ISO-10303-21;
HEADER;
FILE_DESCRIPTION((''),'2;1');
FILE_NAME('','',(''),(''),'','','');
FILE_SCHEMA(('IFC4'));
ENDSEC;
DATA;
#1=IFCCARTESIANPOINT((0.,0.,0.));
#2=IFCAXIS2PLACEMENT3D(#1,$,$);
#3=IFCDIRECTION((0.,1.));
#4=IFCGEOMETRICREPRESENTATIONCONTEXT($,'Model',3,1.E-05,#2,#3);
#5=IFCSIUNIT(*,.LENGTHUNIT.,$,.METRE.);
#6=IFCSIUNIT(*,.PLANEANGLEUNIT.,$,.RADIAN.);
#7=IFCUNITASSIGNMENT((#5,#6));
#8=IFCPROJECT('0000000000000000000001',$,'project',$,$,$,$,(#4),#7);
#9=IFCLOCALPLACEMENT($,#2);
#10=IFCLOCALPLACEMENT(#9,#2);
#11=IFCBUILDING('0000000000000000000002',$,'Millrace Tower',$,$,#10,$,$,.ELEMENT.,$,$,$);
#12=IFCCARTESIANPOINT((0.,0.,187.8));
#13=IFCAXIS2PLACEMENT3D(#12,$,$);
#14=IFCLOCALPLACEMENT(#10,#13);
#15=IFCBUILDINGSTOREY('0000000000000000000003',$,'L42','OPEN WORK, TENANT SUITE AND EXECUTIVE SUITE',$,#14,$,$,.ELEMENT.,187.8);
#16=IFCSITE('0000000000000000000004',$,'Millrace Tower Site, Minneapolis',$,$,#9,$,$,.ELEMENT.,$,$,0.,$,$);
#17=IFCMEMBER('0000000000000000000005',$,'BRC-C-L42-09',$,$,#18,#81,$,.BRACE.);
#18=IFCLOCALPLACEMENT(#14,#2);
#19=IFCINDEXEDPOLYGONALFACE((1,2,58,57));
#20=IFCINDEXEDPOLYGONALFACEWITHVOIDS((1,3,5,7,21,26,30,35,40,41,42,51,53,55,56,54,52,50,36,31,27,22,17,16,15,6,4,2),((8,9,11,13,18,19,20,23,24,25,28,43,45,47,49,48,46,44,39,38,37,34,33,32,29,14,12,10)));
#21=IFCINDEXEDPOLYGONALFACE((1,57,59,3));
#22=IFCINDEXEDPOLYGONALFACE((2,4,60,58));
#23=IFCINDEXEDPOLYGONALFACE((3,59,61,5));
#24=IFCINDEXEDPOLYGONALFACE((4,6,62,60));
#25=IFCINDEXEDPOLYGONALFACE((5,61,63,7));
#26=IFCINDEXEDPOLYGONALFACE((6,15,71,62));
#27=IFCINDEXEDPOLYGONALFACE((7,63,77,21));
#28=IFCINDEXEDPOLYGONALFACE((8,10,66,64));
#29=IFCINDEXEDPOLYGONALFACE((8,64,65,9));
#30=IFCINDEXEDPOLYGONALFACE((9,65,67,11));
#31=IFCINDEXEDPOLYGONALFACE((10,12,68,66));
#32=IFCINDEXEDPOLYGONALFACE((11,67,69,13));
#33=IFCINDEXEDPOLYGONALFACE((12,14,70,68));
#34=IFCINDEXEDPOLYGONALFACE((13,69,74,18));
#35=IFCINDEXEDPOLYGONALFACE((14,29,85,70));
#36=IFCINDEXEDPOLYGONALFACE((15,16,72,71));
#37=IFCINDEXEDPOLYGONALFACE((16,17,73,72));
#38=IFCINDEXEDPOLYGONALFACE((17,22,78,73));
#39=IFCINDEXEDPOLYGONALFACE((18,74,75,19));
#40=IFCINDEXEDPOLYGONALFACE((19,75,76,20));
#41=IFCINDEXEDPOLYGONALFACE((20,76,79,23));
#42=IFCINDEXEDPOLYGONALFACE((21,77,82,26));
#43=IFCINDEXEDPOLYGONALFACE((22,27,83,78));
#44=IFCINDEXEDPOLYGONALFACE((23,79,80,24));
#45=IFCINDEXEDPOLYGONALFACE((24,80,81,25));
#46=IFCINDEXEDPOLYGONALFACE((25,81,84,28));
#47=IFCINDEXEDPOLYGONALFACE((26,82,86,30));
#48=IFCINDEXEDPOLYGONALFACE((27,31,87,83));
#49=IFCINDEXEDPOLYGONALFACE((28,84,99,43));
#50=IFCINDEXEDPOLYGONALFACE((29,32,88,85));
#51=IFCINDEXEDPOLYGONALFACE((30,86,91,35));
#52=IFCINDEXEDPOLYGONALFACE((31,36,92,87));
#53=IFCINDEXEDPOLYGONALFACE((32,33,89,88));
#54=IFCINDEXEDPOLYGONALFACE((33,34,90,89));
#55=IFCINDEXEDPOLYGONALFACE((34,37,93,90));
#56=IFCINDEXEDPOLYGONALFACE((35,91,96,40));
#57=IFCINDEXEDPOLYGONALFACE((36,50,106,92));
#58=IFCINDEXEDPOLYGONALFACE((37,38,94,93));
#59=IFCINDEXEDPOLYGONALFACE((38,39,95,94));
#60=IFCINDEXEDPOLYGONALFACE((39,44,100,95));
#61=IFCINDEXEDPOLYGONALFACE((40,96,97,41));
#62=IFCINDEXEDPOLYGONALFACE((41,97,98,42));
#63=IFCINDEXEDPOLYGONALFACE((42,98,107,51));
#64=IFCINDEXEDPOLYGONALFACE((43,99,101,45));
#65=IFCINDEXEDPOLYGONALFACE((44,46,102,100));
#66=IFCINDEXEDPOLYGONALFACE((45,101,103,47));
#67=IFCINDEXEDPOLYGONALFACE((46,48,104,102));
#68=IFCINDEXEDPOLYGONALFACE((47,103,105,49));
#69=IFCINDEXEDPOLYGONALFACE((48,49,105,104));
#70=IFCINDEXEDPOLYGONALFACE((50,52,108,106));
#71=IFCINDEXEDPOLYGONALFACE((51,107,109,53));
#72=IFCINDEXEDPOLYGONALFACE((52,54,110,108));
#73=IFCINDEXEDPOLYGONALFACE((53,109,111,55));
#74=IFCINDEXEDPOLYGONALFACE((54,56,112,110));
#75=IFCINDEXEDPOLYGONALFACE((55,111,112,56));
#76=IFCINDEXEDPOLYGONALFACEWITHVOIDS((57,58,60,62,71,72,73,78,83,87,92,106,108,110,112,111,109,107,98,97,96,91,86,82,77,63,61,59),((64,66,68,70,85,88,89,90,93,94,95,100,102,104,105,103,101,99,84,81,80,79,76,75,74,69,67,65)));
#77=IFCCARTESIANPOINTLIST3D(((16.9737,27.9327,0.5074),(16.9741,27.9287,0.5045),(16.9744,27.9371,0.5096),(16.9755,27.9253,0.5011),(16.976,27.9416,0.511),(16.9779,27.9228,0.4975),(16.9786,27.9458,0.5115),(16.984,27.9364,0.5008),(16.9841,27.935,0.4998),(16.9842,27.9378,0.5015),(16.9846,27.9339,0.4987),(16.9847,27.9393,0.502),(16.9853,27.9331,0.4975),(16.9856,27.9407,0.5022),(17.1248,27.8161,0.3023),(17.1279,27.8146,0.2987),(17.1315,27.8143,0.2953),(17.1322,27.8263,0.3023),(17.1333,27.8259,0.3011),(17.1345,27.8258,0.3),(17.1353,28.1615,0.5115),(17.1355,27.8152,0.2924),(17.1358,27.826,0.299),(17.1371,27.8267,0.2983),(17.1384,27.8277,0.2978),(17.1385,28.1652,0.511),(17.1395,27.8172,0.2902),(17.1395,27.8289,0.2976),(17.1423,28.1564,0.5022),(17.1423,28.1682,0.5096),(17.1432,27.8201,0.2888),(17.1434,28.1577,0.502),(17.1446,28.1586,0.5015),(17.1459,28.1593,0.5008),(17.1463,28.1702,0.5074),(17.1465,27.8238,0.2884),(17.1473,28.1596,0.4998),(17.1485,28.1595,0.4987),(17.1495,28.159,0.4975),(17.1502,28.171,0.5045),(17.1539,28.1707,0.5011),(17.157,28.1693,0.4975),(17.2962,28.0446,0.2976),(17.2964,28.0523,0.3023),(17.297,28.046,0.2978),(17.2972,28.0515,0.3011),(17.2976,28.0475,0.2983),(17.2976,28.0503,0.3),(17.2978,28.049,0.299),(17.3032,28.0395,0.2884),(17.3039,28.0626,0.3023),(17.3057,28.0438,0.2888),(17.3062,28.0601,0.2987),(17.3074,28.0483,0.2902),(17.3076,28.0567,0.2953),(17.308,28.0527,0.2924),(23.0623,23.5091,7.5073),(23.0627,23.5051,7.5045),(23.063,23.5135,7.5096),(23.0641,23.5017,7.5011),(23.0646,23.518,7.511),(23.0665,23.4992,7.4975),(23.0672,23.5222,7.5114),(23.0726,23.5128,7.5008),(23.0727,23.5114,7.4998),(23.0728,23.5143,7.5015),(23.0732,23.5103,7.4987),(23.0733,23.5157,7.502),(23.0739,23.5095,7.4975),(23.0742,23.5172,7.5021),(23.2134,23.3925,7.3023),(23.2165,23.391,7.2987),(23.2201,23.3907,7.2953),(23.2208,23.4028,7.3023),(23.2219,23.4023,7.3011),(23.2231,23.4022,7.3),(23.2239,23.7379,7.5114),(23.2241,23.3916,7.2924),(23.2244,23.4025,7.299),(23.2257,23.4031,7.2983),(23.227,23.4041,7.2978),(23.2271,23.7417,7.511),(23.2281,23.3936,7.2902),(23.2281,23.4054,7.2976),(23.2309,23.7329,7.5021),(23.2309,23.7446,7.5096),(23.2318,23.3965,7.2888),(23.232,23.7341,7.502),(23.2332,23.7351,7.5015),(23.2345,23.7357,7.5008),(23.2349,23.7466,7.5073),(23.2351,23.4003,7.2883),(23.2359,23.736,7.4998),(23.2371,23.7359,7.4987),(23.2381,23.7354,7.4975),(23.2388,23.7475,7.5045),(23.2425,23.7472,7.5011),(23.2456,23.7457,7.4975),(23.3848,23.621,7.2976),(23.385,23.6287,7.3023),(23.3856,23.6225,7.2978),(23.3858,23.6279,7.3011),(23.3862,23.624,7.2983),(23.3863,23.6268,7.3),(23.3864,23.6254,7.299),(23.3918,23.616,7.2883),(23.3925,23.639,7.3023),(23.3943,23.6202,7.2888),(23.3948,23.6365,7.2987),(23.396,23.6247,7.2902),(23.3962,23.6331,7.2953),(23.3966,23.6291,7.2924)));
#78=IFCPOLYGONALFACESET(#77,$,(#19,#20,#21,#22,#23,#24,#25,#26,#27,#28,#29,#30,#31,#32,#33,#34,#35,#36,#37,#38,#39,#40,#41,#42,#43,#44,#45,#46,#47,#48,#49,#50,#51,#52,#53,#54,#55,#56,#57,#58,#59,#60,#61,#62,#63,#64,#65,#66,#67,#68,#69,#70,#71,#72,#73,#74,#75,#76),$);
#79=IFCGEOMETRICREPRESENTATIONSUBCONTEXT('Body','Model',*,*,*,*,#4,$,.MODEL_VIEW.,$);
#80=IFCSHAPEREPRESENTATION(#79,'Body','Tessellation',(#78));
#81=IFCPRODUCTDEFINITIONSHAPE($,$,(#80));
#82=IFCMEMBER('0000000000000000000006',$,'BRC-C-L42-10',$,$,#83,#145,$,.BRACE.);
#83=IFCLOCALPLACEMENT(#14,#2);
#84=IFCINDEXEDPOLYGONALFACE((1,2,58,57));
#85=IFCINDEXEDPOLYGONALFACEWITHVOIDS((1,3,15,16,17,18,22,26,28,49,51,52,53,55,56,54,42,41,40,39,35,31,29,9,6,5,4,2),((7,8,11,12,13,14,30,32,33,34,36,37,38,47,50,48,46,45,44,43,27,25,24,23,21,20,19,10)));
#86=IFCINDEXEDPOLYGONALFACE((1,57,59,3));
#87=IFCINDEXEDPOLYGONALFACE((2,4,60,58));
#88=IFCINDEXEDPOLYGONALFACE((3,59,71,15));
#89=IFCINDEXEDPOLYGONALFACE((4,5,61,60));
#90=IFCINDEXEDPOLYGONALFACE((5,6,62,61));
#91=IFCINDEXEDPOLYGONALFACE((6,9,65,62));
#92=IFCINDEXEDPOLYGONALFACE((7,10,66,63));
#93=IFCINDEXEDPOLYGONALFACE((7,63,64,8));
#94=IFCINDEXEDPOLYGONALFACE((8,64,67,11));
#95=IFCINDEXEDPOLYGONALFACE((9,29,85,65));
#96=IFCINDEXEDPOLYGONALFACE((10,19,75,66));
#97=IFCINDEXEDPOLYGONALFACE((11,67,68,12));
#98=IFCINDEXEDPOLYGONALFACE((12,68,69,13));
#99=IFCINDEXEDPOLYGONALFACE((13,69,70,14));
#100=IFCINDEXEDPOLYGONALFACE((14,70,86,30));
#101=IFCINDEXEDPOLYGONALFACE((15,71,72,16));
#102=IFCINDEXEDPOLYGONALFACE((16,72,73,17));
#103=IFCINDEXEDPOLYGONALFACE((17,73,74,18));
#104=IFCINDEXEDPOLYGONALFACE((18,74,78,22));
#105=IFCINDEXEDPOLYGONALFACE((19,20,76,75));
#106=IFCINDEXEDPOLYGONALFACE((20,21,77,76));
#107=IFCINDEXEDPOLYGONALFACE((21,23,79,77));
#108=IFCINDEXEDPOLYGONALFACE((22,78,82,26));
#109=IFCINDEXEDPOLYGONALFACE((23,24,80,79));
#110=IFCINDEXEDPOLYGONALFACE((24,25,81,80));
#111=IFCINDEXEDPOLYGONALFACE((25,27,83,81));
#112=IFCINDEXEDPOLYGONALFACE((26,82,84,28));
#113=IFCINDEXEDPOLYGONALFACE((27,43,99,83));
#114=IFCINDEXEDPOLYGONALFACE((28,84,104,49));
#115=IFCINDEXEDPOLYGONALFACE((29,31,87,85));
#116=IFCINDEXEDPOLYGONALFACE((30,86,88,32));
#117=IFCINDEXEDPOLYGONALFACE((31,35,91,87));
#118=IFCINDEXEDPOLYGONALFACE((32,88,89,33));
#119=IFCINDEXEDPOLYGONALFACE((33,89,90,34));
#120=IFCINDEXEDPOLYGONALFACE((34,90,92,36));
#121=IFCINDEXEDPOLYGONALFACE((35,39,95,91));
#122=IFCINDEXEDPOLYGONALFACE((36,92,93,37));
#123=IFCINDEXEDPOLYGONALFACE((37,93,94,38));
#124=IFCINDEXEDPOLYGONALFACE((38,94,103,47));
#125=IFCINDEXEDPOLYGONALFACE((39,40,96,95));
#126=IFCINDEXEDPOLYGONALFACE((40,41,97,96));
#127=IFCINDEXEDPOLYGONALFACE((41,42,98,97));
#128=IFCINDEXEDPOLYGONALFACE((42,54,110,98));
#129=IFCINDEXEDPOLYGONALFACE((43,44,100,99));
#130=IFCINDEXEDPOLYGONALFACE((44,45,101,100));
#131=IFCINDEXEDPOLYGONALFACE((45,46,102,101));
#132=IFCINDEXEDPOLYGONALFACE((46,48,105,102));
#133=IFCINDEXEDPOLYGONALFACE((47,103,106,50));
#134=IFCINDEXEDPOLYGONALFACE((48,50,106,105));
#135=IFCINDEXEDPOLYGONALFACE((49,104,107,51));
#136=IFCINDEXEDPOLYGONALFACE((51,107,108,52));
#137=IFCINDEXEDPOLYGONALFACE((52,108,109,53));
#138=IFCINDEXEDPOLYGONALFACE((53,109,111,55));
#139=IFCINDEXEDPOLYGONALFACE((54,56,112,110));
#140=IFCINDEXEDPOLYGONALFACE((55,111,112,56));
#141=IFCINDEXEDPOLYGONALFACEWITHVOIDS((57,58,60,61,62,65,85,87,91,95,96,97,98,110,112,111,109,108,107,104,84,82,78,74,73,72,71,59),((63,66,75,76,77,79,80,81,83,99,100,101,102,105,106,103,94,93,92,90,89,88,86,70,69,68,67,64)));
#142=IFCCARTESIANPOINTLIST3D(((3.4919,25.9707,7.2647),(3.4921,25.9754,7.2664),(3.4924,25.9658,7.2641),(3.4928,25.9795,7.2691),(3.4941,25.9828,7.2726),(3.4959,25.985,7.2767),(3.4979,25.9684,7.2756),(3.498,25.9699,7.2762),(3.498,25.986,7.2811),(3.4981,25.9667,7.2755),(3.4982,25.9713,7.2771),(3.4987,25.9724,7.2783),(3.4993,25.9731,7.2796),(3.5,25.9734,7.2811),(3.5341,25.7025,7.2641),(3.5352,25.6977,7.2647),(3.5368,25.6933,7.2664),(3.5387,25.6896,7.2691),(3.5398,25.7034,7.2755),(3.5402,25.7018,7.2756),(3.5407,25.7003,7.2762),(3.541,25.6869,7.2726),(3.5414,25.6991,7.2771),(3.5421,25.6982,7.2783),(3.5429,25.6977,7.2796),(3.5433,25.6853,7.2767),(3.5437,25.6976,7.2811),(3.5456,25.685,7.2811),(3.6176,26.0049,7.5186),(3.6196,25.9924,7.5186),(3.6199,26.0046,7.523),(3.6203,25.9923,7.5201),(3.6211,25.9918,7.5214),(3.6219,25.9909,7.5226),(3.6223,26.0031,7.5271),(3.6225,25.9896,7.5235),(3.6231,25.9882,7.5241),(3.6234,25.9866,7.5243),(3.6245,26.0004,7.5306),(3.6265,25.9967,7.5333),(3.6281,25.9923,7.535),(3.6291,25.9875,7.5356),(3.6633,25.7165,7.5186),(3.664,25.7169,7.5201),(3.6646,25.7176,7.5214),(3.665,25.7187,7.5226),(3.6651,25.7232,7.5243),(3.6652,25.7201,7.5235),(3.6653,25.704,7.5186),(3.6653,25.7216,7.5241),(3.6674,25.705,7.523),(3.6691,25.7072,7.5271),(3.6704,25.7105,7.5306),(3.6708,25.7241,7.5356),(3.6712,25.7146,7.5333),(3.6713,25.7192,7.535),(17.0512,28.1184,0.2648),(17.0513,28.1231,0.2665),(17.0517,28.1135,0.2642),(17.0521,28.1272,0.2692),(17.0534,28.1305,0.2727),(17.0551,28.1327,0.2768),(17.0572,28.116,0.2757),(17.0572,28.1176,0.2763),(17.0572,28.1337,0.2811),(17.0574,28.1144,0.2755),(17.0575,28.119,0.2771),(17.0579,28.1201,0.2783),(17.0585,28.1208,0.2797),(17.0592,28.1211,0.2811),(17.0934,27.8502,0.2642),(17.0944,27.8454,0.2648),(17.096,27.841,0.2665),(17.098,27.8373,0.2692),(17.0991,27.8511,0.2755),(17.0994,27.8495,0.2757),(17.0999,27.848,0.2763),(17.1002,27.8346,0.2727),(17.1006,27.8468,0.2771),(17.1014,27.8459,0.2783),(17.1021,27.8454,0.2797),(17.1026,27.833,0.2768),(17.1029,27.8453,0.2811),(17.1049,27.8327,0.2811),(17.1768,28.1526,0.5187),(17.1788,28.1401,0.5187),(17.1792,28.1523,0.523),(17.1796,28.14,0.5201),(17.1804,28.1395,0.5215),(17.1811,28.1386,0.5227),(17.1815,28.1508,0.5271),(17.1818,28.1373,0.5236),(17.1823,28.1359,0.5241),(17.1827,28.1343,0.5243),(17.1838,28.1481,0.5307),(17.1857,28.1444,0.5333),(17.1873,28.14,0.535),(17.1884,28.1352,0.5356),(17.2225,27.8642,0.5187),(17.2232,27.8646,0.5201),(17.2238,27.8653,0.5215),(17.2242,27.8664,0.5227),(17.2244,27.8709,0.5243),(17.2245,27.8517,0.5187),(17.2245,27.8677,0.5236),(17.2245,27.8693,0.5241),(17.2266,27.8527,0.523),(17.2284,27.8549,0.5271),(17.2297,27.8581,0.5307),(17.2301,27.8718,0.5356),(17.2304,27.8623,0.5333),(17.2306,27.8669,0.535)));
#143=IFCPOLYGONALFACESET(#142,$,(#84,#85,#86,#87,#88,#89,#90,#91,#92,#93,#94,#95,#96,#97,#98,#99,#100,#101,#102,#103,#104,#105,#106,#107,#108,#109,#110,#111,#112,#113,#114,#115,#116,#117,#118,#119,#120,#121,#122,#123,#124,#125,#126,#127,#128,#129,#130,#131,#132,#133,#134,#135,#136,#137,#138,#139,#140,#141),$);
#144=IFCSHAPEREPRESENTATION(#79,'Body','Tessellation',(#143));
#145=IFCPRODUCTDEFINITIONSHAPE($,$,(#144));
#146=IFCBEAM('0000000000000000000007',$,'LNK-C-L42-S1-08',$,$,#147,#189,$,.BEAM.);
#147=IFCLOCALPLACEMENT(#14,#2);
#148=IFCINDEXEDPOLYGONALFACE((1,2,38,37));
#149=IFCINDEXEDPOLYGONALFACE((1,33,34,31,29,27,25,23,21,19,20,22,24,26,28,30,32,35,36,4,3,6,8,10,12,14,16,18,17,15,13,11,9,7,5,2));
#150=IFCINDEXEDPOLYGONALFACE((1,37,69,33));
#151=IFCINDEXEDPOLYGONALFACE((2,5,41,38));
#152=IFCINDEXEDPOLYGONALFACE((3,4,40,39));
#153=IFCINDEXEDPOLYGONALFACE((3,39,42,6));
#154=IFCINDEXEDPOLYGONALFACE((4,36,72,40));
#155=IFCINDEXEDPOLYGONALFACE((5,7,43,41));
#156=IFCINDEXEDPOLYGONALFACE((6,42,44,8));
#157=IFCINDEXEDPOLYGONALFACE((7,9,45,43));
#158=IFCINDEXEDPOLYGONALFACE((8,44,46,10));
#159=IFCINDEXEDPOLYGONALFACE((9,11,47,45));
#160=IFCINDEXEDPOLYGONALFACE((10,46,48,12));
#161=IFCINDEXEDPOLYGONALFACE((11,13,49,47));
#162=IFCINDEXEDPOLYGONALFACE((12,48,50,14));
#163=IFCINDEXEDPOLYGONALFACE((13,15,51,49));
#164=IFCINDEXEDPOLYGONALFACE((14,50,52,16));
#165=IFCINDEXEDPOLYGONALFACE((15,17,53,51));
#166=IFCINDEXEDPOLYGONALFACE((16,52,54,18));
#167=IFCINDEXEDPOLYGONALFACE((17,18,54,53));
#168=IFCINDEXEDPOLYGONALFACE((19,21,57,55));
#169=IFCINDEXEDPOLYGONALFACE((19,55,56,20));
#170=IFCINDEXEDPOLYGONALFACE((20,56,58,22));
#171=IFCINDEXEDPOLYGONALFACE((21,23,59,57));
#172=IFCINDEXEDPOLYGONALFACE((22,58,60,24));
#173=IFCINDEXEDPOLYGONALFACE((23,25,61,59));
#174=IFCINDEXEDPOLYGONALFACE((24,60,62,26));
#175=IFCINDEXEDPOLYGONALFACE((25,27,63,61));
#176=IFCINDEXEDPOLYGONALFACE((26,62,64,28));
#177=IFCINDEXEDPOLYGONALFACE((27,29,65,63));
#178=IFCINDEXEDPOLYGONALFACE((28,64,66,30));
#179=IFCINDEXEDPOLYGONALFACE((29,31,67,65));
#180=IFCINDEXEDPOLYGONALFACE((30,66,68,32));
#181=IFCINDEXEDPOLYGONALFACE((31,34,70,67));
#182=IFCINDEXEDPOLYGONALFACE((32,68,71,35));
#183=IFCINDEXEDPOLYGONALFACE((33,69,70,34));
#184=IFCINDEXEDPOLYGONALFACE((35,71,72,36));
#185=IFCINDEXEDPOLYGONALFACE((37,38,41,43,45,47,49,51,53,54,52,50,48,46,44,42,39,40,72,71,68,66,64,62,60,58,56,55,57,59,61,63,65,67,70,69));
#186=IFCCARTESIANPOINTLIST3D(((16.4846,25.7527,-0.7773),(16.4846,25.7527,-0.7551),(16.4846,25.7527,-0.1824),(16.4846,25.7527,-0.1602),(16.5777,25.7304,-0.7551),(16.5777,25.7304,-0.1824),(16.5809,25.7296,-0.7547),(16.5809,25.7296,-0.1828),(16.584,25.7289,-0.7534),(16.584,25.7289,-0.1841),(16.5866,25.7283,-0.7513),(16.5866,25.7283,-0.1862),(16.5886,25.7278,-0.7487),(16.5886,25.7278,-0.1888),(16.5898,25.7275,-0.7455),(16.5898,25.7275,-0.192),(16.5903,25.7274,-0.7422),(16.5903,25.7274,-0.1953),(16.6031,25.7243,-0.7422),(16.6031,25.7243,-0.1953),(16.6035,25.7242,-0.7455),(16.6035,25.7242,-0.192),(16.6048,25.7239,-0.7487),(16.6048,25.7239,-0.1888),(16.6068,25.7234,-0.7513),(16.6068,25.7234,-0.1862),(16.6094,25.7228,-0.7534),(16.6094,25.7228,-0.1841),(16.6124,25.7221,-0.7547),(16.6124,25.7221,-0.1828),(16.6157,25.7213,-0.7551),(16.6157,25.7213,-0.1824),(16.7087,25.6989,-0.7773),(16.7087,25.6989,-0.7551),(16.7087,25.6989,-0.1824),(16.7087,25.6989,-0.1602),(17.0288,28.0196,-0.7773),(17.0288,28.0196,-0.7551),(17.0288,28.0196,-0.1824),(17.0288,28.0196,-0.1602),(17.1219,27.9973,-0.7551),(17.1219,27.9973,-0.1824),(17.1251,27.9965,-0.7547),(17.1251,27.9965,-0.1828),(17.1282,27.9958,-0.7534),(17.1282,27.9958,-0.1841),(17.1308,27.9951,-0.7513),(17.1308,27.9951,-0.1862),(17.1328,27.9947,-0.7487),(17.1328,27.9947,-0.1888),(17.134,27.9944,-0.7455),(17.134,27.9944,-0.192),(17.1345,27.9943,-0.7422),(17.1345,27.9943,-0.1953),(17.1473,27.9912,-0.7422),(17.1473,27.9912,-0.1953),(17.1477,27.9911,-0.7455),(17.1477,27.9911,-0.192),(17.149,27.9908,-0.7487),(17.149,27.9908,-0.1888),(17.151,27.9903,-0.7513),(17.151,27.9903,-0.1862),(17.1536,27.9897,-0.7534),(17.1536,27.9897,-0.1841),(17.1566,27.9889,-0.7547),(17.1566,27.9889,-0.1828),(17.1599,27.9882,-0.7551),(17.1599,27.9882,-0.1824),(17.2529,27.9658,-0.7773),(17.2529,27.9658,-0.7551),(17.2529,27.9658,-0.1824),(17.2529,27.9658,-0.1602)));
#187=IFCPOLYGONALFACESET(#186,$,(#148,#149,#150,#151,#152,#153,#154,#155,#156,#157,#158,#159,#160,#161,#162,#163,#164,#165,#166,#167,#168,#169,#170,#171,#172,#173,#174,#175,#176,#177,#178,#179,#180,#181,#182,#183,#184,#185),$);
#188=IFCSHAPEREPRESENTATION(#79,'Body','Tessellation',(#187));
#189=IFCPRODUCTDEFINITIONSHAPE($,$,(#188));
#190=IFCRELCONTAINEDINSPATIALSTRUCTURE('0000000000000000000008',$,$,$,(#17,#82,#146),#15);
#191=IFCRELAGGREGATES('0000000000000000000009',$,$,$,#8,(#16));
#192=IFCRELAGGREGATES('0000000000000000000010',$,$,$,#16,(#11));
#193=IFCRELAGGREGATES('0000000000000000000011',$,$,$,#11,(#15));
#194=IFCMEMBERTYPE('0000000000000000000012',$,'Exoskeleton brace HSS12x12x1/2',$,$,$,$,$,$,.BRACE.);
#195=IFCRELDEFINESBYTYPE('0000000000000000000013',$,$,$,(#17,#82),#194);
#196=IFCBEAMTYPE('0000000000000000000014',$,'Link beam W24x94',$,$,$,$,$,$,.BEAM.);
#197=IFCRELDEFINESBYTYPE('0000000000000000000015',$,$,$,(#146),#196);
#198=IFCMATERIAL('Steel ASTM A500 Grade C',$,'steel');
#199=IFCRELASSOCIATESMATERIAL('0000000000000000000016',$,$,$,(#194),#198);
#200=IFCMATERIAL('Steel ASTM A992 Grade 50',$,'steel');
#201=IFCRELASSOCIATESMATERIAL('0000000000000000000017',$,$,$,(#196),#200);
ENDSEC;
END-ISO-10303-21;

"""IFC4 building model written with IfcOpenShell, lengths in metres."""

from ifc_helpers import new_model, si_unit, direction, frame, origin, origin_2d, place, context, subcontext, project, spatial, hollow_rectangle, i_section, extrude, material, material_profile, profile_set, type_object, element, save


model = new_model("IFC4")

# Units and contexts
model_context = context("Model", 3, precision=1e-05, world=origin(), true_north=direction((0.0, 1.0)))
body_context = subcontext(model_context, "Body", "Model", "MODEL_VIEW")
ifc_project = project(units=[si_unit("LENGTHUNIT", "METRE"), si_unit("PLANEANGLEUNIT", "RADIAN")], contexts=[model_context])

# Site, building, storey
site_placement = place(None, origin())
site = spatial("IfcSite", under=ifc_project, at=site_placement, Name="Millrace Tower Site, Minneapolis", CompositionType="ELEMENT", RefElevation=0.0)
building_placement = place(site_placement, origin())
building = spatial("IfcBuilding", under=site, at=building_placement, Name="Millrace Tower", CompositionType="ELEMENT")
storey_placement = place(building_placement, frame((0.0, 0.0, 187.8)))
storey = spatial("IfcBuildingStorey", under=building, at=storey_placement, Name="L42", Description="OPEN WORK, TENANT SUITE AND EXECUTIVE SUITE", CompositionType="ELEMENT", Elevation=187.8)

# Members
ifc_material_1 = material(Name="Steel ASTM A500 Grade C", Category="steel")
ifc_material_profile_1 = material_profile(ifc_material_1, hollow_rectangle(XDim=0.3047, YDim=0.3047, WallThickness=0.0127, InnerFilletRadius=0.0063, OuterFilletRadius=0.019, at=origin_2d()))
ifc_profile_set_1 = profile_set([ifc_material_profile_1], Name="Steel ASTM A500 Grade C")
member_type_1 = type_object("IfcMemberType", Name="Exoskeleton brace HSS12x12x1/2", PredefinedType="BRACE", material=ifc_profile_set_1)
member_1_placement = place(storey_placement, frame((17.1409, 27.9927, 0.3999), z_axis=(0.592388, -0.430389, 0.681059), x_axis=(0.58778, 0.809021, 0.0)))
element("IfcMember", 1, at=member_1_placement, inside=storey, type_object=member_type_1, Name="BRC-C-L42-09", PredefinedType="BRACE", context=body_context, shape_type="SweptSolid", body=[
    extrude(hollow_rectangle(XDim=0.3047, YDim=0.3047, WallThickness=0.0127, InnerFilletRadius=0.0063, OuterFilletRadius=0.019, at=origin_2d()), origin(), (0.0, 0.0, 1.0), 10.2781),
])
member_2_placement = place(storey_placement, frame((17.1409, 27.9927, 0.3999), z_axis=(-0.879905, -0.139371, 0.454251), x_axis=(0.156443, -0.987687, 0.0)))
element("IfcMember", 2, at=member_2_placement, inside=storey, type_object=member_type_1, Name="BRC-C-L42-10", PredefinedType="BRACE", context=body_context, shape_type="SweptSolid", body=[
    extrude(hollow_rectangle(XDim=0.3047, YDim=0.3047, WallThickness=0.0127, InnerFilletRadius=0.0063, OuterFilletRadius=0.019, at=origin_2d()), origin(), (0.0, 0.0, 1.0), 15.4099),
])

# Beam
ifc_material_2 = material(Name="Steel ASTM A992 Grade 50", Category="steel")
ifc_material_profile_2 = material_profile(ifc_material_2, i_section(OverallWidth=0.2305, OverallDepth=0.6172, WebThickness=0.0132, FlangeThickness=0.0222, FilletRadius=0.0129, at=origin_2d()))
ifc_profile_set_2 = profile_set([ifc_material_profile_2], Name="Steel ASTM A992 Grade 50")
beam_type_1 = type_object("IfcBeamType", Name="Link beam W24x94", PredefinedType="BEAM", material=ifc_profile_set_2)
beam_1_placement = place(storey_placement, frame((16.5967, 25.7258, -0.4688), z_axis=(0.233432, 0.972373, 0.0), x_axis=(-0.972373, 0.233432, 0.0)))
element("IfcBeam", 3, at=beam_1_placement, inside=storey, type_object=beam_type_1, Name="LNK-C-L42-S1-08", PredefinedType="BEAM", context=body_context, shape_type="SweptSolid", body=[
    extrude(i_section(OverallWidth=0.2305, OverallDepth=0.6172, WebThickness=0.0132, FlangeThickness=0.0222, FilletRadius=0.0129, at=origin_2d()), origin(), (0.0, 0.0, 1.0), 2.3313),
])

save(model, "model.ifc")
